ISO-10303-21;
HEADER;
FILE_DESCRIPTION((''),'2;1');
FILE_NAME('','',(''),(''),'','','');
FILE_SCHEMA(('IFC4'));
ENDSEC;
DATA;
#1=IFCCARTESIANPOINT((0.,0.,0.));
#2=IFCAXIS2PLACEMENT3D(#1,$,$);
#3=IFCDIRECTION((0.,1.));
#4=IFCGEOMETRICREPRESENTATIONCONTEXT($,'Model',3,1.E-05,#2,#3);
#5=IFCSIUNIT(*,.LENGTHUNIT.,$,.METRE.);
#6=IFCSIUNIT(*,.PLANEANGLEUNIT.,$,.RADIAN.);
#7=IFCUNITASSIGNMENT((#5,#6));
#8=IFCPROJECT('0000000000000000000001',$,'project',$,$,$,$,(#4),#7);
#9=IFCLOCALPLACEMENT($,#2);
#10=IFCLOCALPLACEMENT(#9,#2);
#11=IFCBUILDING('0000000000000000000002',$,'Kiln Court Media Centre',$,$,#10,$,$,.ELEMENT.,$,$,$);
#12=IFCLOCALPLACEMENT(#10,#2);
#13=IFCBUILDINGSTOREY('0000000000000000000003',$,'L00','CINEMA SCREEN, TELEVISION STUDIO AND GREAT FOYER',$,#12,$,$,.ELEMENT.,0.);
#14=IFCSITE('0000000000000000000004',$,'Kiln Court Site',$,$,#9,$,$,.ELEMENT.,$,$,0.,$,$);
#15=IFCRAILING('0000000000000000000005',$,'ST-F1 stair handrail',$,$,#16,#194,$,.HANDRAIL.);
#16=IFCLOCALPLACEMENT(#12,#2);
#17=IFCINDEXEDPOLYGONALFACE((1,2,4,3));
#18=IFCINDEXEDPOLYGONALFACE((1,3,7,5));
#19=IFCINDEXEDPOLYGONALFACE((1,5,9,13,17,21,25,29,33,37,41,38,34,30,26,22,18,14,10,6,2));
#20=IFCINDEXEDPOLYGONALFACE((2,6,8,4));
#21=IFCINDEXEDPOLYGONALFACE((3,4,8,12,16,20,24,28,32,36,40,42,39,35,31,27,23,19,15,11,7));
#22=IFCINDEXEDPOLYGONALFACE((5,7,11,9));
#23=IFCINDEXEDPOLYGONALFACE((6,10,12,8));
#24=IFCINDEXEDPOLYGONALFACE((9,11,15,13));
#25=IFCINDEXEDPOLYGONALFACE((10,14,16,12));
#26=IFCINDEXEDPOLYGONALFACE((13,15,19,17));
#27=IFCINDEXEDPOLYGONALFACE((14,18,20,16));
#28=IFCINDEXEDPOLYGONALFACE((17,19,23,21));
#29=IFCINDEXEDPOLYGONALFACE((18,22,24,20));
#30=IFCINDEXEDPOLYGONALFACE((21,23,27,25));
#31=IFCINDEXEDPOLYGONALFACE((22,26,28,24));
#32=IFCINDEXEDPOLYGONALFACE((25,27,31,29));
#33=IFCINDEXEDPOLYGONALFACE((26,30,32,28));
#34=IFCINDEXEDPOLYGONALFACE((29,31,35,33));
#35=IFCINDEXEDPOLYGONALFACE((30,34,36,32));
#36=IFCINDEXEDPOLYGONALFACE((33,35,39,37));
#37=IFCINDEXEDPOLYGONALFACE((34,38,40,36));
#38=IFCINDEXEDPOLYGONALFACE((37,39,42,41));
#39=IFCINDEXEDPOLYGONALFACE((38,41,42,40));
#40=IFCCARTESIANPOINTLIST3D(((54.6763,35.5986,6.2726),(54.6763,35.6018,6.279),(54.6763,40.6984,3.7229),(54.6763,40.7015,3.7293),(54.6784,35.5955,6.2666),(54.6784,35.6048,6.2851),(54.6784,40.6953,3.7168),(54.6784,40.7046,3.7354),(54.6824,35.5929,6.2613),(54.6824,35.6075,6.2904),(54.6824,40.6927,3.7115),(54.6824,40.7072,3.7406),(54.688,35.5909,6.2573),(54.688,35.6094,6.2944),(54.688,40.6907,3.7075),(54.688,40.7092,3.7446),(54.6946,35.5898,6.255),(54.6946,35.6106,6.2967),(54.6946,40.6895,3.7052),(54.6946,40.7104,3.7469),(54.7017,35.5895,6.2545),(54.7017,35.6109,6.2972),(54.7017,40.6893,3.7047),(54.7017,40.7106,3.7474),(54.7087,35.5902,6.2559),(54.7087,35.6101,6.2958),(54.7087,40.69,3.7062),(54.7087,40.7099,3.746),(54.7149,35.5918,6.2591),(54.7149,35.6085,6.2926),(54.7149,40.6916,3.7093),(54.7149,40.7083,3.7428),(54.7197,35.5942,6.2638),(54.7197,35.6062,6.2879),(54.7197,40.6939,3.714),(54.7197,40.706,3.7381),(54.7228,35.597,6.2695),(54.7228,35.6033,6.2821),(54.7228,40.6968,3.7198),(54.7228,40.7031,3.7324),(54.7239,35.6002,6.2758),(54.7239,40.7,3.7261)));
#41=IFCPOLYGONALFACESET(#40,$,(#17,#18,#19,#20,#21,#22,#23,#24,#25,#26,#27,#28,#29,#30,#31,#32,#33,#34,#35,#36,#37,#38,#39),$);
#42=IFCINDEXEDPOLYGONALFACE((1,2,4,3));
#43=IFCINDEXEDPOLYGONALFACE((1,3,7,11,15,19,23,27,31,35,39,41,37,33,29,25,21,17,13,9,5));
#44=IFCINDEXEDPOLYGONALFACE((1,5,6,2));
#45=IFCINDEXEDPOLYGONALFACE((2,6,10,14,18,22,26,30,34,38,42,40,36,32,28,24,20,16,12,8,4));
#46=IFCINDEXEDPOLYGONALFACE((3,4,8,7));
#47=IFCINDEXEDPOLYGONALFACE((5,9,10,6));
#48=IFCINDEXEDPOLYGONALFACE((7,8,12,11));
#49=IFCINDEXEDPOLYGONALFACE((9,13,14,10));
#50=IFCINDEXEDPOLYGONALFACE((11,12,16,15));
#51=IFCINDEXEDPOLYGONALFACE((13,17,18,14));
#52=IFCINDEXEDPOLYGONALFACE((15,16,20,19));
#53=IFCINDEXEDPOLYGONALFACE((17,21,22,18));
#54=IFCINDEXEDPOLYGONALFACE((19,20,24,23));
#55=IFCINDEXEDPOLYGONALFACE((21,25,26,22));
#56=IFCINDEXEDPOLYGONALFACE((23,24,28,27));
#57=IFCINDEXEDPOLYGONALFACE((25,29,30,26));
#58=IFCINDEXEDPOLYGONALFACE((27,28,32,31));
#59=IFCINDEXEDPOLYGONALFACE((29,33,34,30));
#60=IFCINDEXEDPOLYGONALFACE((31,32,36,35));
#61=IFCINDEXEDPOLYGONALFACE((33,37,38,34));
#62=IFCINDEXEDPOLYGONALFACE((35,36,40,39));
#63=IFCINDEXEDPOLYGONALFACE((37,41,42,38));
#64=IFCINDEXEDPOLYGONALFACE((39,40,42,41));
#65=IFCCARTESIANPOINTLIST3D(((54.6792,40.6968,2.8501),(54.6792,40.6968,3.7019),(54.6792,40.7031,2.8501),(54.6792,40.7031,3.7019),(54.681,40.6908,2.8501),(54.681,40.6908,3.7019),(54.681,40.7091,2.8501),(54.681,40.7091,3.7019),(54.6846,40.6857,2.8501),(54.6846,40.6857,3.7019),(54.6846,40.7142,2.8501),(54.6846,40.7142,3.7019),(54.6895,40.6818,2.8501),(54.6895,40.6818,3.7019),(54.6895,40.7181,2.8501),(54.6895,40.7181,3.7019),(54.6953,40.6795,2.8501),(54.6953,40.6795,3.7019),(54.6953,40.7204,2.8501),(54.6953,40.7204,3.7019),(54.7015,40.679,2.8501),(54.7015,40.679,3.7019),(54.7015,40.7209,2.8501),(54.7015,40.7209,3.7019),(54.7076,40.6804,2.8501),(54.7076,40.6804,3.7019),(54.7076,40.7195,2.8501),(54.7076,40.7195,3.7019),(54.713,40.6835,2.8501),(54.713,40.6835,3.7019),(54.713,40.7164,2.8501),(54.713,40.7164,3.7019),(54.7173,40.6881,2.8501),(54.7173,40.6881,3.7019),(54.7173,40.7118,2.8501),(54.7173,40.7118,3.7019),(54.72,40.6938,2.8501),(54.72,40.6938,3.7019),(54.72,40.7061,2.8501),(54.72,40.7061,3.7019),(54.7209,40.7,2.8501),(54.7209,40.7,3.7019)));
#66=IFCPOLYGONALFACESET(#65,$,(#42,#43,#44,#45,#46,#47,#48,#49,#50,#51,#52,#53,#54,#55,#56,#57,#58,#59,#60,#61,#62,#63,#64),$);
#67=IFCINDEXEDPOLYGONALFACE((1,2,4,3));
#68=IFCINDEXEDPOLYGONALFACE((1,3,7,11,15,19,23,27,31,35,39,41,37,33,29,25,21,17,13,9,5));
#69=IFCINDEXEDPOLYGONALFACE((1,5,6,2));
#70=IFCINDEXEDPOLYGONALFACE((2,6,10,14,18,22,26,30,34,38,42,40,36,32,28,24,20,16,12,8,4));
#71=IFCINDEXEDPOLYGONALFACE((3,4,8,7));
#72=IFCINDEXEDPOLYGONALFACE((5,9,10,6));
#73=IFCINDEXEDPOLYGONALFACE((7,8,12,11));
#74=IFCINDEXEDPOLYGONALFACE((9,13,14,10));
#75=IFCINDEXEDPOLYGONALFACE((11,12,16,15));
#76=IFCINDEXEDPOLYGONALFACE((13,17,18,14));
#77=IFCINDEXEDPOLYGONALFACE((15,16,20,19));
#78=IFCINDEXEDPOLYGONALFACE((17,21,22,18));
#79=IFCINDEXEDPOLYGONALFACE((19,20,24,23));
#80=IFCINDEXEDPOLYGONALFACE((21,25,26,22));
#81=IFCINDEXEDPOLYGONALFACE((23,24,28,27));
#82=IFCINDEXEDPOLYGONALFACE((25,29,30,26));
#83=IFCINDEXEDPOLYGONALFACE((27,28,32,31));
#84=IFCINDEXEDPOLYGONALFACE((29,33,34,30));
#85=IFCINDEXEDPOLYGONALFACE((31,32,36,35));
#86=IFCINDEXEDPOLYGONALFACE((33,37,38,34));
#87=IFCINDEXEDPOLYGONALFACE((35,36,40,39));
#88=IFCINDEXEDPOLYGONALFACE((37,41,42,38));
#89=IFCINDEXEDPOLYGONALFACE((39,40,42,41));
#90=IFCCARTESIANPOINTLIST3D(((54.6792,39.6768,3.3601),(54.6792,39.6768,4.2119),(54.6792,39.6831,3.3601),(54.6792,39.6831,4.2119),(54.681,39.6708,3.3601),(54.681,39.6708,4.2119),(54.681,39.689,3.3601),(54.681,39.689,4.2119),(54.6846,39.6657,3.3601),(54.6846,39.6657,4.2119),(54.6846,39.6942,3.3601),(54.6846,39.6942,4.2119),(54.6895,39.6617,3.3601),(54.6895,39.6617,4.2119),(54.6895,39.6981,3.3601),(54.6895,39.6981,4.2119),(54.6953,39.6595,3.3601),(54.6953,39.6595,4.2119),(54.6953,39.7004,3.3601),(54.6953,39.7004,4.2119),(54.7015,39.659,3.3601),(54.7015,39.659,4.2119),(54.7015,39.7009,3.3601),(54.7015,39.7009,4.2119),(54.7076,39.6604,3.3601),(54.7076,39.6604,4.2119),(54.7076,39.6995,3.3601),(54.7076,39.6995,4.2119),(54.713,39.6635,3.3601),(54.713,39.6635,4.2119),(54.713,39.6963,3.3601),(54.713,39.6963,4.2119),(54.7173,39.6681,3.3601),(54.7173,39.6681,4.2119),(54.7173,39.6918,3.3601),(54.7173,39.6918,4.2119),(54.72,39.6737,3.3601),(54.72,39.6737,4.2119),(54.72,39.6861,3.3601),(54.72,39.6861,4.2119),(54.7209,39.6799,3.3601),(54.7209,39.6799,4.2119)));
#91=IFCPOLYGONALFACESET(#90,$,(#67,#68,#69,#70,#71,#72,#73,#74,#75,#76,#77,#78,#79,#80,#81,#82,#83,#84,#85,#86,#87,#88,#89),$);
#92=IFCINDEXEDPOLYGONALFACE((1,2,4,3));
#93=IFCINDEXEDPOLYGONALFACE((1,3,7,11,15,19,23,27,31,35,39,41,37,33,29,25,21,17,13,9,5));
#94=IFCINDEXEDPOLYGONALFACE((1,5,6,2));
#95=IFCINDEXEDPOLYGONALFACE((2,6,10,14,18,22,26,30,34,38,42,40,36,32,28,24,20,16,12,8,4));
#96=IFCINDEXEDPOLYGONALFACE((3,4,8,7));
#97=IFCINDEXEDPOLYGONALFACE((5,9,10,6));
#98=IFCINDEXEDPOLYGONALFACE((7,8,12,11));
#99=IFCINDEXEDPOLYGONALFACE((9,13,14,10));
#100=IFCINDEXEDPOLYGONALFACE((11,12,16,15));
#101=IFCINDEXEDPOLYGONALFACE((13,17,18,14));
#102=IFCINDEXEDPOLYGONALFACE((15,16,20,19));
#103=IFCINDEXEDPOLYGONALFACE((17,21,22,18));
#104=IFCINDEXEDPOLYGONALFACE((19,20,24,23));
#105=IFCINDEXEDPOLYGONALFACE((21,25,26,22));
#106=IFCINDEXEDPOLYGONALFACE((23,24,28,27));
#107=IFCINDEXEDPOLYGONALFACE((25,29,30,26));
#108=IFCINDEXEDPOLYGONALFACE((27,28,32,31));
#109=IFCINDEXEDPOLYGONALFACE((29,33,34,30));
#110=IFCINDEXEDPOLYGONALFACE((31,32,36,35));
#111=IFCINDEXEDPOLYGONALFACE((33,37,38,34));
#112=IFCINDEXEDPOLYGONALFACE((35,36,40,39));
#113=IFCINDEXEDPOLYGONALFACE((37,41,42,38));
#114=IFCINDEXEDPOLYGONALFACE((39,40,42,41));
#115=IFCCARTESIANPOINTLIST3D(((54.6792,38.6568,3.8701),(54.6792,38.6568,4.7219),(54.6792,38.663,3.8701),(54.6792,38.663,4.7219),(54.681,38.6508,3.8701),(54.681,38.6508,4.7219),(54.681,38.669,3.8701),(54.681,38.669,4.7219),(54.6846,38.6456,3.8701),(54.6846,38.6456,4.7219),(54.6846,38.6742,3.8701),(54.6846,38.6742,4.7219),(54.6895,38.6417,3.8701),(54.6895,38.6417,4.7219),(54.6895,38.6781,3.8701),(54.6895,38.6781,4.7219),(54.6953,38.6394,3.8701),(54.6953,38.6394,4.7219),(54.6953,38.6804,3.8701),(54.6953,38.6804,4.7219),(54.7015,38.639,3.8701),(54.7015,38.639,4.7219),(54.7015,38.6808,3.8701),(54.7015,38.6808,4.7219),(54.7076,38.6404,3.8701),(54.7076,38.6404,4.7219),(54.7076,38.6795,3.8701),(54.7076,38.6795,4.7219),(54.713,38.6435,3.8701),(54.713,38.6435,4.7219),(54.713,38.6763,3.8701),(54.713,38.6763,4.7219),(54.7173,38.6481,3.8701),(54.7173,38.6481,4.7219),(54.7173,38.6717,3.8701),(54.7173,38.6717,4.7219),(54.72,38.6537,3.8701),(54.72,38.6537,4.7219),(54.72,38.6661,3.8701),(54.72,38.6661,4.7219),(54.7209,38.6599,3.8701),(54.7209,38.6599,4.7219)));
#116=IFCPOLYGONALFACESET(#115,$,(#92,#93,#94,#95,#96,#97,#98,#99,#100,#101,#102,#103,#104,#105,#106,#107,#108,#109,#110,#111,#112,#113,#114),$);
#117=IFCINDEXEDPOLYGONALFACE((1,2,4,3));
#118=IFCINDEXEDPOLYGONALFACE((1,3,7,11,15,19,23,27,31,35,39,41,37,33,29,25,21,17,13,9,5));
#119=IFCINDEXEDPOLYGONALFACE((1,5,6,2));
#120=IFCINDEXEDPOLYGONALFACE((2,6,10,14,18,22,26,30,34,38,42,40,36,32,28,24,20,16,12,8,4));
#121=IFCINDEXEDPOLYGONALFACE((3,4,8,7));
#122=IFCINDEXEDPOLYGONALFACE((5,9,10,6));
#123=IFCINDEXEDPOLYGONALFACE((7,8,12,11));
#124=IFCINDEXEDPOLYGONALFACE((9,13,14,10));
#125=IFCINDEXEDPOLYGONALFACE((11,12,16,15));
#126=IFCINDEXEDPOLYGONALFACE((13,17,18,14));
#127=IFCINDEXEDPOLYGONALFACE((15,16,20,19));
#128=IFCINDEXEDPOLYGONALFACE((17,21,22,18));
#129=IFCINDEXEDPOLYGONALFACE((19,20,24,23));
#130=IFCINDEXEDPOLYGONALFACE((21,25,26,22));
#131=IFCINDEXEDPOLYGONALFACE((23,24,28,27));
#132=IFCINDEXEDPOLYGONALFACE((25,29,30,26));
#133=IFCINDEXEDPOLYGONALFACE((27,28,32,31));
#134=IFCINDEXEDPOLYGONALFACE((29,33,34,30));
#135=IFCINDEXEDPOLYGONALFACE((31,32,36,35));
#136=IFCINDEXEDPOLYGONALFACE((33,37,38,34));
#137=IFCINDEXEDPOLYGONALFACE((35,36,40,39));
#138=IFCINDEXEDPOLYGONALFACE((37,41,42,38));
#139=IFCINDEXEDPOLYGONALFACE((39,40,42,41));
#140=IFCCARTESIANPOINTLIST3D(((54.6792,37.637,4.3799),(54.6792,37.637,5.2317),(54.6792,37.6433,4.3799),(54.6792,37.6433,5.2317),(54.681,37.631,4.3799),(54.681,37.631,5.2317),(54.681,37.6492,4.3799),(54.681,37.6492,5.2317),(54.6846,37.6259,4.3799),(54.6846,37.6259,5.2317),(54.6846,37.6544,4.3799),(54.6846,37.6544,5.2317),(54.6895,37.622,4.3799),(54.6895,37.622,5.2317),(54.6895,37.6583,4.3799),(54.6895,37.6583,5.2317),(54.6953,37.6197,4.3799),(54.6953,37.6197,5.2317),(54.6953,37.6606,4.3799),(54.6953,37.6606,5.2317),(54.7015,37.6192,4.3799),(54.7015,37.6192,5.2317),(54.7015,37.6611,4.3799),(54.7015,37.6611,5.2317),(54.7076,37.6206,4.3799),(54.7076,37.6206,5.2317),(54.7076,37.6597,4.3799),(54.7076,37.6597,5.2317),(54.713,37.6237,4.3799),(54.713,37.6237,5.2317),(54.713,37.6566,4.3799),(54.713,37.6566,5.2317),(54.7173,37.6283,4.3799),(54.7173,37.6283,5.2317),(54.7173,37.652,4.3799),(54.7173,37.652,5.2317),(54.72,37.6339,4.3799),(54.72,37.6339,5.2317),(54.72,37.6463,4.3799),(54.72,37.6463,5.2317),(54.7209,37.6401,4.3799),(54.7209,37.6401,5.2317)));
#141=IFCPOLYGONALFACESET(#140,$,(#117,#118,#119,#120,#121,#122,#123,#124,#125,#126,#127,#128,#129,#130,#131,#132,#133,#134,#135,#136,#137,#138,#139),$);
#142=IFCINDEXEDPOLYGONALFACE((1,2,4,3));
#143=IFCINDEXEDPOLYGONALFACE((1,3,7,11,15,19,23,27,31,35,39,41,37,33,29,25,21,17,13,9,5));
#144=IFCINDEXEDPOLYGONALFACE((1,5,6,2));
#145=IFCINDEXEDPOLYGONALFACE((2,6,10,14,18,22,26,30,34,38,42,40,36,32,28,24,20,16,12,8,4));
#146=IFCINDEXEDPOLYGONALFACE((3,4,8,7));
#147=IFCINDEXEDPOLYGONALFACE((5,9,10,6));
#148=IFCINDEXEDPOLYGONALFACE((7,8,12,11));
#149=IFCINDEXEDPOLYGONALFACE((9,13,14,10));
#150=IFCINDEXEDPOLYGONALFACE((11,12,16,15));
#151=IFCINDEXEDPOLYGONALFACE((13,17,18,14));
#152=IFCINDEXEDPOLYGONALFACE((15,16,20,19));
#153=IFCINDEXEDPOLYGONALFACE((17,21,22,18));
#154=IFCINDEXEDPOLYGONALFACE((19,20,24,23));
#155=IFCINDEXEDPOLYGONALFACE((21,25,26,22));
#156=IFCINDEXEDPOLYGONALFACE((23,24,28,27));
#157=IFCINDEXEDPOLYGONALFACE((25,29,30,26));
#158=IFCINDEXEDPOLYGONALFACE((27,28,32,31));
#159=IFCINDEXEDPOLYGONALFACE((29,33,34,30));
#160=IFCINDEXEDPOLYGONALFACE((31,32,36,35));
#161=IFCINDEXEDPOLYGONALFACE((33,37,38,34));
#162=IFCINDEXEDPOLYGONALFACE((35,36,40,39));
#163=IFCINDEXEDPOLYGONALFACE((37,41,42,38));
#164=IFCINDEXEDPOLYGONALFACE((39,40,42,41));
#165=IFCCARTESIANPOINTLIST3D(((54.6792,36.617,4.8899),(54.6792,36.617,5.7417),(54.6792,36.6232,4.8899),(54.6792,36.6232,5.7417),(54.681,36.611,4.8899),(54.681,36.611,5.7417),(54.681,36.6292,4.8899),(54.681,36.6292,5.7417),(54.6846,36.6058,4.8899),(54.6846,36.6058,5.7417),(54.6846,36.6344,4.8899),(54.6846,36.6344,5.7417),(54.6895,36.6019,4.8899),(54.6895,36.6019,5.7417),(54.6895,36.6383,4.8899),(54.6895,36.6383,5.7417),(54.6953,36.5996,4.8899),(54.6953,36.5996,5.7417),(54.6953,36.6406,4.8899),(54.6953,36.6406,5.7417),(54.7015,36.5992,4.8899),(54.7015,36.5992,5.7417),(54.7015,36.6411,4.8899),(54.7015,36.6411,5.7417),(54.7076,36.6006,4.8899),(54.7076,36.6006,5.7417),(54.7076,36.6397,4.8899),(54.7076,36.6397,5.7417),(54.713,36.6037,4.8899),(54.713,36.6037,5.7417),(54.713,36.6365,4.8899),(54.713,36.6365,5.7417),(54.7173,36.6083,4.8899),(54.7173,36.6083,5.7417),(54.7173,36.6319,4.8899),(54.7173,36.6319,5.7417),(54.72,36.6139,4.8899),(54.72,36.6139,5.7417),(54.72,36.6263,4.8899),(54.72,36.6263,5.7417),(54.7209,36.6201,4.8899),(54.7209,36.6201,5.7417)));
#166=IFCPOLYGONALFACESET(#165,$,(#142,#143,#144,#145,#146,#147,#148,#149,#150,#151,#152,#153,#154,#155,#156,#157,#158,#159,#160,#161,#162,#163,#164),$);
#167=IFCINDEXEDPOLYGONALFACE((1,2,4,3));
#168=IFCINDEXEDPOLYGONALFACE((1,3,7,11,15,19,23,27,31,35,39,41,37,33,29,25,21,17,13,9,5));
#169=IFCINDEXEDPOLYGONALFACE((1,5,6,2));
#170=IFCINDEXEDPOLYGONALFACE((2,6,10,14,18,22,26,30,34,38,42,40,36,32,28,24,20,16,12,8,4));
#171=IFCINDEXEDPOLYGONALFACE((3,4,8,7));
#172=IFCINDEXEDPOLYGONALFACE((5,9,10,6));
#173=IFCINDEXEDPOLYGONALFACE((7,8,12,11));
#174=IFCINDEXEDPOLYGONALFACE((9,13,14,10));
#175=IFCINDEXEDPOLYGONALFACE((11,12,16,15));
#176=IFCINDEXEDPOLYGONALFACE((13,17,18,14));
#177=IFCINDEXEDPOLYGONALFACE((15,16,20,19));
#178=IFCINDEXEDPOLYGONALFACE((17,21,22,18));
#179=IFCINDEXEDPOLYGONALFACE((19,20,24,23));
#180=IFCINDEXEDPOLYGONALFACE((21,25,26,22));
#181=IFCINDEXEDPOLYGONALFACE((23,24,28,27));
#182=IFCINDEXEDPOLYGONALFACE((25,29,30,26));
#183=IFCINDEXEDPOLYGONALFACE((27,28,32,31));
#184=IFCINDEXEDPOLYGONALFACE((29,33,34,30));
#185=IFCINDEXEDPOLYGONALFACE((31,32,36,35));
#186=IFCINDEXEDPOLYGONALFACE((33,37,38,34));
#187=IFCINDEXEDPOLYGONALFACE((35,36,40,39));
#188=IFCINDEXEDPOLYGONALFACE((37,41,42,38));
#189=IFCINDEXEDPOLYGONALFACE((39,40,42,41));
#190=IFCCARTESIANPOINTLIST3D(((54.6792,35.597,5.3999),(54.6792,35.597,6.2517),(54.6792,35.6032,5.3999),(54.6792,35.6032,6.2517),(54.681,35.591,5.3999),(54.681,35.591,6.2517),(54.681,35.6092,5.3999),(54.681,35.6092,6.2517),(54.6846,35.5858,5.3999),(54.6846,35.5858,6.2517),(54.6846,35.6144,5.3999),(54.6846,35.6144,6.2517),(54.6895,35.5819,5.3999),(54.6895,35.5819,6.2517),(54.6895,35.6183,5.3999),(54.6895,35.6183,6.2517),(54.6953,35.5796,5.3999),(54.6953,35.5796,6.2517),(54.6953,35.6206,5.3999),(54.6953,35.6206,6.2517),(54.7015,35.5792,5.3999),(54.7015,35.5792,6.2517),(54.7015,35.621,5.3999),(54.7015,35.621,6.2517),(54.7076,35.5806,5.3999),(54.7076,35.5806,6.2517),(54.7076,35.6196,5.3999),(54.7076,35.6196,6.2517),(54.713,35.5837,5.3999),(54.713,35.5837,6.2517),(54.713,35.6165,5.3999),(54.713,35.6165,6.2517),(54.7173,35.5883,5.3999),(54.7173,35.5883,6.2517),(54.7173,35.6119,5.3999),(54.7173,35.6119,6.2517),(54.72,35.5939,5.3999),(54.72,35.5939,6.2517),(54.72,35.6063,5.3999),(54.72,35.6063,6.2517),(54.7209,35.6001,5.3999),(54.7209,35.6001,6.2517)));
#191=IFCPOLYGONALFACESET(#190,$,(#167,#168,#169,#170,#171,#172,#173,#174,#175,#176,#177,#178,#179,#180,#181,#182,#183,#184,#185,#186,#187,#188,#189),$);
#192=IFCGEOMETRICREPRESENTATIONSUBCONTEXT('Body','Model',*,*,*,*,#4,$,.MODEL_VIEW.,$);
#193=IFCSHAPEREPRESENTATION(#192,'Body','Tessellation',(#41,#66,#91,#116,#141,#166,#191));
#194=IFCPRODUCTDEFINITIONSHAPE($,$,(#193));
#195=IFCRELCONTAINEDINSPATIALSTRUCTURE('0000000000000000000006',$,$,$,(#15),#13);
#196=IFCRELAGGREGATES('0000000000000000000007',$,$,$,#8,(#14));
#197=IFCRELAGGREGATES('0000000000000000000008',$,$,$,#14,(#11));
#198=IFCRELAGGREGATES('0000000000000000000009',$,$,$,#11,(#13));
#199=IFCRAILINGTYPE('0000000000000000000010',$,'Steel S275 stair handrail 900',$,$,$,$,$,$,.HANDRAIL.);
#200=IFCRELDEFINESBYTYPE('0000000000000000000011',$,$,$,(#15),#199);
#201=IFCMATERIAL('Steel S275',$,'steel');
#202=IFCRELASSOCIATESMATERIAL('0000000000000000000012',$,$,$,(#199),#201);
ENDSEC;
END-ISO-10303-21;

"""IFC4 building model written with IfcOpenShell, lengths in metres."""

from ifc_helpers import new_model, si_unit, direction, frame, origin, origin_2d, place, context, subcontext, project, spatial, circle, extrude, material, type_object, element, save


model = new_model("IFC4")

# Units and contexts
model_context = context("Model", 3, precision=1e-05, world=origin(), true_north=direction((0.0, 1.0)))
body_context = subcontext(model_context, "Body", "Model", "MODEL_VIEW")
ifc_project = project(units=[si_unit("LENGTHUNIT", "METRE"), si_unit("PLANEANGLEUNIT", "RADIAN")], contexts=[model_context])

# Site, building, storey
site_placement = place(None, origin())
site = spatial("IfcSite", under=ifc_project, at=site_placement, Name="Kiln Court Site", CompositionType="ELEMENT", RefElevation=0.0)
building_placement = place(site_placement, origin())
building = spatial("IfcBuilding", under=site, at=building_placement, Name="Kiln Court Media Centre", CompositionType="ELEMENT")
storey_placement = place(building_placement, origin())
storey = spatial("IfcBuildingStorey", under=building, at=storey_placement, Name="L00", Description="CINEMA SCREEN, TELEVISION STUDIO AND GREAT FOYER", CompositionType="ELEMENT", Elevation=0.0)

# Railing
ifc_material_1 = material(Name="Steel S275", Category="steel")
railing_type_1 = type_object("IfcRailingType", Name="Steel S275 stair handrail 900", PredefinedType="HANDRAIL", material=ifc_material_1)
railing_1_placement = place(storey_placement, frame((54.7, 40.7, 2.8501)))
element("IfcRailing", 1, at=railing_1_placement, inside=storey, type_object=railing_type_1, Name="ST-F1 stair handrail", PredefinedType="HANDRAIL", context=body_context, shape_type="SweptSolid", body=[
    extrude(circle(Radius=0.0239, at=origin_2d()), frame((0.0, 0.0, 0.876), z_axis=(0.0, -0.894436, 0.447196), x_axis=(1.0, 0.0, 0.0)), (0.0, 0.0, 1.0), 5.7017),
    extrude(circle(Radius=0.021, at=origin_2d()), origin(), (0.0, 0.0, 1.0), 0.8518),
    extrude(circle(Radius=0.021, at=origin_2d()), frame((0.0, -1.02, 0.51)), (0.0, 0.0, 1.0), 0.8518),
    extrude(circle(Radius=0.021, at=origin_2d()), frame((0.0, -2.04, 1.02)), (0.0, 0.0, 1.0), 0.8518),
    extrude(circle(Radius=0.021, at=origin_2d()), frame((0.0, -3.0598, 1.5298)), (0.0, 0.0, 1.0), 0.8518),
    extrude(circle(Radius=0.021, at=origin_2d()), frame((0.0, -4.0798, 2.0398)), (0.0, 0.0, 1.0), 0.8518),
    extrude(circle(Radius=0.021, at=origin_2d()), frame((0.0, -5.0999, 2.5498)), (0.0, 0.0, 1.0), 0.8518),
])

save(model, "model.ifc")
